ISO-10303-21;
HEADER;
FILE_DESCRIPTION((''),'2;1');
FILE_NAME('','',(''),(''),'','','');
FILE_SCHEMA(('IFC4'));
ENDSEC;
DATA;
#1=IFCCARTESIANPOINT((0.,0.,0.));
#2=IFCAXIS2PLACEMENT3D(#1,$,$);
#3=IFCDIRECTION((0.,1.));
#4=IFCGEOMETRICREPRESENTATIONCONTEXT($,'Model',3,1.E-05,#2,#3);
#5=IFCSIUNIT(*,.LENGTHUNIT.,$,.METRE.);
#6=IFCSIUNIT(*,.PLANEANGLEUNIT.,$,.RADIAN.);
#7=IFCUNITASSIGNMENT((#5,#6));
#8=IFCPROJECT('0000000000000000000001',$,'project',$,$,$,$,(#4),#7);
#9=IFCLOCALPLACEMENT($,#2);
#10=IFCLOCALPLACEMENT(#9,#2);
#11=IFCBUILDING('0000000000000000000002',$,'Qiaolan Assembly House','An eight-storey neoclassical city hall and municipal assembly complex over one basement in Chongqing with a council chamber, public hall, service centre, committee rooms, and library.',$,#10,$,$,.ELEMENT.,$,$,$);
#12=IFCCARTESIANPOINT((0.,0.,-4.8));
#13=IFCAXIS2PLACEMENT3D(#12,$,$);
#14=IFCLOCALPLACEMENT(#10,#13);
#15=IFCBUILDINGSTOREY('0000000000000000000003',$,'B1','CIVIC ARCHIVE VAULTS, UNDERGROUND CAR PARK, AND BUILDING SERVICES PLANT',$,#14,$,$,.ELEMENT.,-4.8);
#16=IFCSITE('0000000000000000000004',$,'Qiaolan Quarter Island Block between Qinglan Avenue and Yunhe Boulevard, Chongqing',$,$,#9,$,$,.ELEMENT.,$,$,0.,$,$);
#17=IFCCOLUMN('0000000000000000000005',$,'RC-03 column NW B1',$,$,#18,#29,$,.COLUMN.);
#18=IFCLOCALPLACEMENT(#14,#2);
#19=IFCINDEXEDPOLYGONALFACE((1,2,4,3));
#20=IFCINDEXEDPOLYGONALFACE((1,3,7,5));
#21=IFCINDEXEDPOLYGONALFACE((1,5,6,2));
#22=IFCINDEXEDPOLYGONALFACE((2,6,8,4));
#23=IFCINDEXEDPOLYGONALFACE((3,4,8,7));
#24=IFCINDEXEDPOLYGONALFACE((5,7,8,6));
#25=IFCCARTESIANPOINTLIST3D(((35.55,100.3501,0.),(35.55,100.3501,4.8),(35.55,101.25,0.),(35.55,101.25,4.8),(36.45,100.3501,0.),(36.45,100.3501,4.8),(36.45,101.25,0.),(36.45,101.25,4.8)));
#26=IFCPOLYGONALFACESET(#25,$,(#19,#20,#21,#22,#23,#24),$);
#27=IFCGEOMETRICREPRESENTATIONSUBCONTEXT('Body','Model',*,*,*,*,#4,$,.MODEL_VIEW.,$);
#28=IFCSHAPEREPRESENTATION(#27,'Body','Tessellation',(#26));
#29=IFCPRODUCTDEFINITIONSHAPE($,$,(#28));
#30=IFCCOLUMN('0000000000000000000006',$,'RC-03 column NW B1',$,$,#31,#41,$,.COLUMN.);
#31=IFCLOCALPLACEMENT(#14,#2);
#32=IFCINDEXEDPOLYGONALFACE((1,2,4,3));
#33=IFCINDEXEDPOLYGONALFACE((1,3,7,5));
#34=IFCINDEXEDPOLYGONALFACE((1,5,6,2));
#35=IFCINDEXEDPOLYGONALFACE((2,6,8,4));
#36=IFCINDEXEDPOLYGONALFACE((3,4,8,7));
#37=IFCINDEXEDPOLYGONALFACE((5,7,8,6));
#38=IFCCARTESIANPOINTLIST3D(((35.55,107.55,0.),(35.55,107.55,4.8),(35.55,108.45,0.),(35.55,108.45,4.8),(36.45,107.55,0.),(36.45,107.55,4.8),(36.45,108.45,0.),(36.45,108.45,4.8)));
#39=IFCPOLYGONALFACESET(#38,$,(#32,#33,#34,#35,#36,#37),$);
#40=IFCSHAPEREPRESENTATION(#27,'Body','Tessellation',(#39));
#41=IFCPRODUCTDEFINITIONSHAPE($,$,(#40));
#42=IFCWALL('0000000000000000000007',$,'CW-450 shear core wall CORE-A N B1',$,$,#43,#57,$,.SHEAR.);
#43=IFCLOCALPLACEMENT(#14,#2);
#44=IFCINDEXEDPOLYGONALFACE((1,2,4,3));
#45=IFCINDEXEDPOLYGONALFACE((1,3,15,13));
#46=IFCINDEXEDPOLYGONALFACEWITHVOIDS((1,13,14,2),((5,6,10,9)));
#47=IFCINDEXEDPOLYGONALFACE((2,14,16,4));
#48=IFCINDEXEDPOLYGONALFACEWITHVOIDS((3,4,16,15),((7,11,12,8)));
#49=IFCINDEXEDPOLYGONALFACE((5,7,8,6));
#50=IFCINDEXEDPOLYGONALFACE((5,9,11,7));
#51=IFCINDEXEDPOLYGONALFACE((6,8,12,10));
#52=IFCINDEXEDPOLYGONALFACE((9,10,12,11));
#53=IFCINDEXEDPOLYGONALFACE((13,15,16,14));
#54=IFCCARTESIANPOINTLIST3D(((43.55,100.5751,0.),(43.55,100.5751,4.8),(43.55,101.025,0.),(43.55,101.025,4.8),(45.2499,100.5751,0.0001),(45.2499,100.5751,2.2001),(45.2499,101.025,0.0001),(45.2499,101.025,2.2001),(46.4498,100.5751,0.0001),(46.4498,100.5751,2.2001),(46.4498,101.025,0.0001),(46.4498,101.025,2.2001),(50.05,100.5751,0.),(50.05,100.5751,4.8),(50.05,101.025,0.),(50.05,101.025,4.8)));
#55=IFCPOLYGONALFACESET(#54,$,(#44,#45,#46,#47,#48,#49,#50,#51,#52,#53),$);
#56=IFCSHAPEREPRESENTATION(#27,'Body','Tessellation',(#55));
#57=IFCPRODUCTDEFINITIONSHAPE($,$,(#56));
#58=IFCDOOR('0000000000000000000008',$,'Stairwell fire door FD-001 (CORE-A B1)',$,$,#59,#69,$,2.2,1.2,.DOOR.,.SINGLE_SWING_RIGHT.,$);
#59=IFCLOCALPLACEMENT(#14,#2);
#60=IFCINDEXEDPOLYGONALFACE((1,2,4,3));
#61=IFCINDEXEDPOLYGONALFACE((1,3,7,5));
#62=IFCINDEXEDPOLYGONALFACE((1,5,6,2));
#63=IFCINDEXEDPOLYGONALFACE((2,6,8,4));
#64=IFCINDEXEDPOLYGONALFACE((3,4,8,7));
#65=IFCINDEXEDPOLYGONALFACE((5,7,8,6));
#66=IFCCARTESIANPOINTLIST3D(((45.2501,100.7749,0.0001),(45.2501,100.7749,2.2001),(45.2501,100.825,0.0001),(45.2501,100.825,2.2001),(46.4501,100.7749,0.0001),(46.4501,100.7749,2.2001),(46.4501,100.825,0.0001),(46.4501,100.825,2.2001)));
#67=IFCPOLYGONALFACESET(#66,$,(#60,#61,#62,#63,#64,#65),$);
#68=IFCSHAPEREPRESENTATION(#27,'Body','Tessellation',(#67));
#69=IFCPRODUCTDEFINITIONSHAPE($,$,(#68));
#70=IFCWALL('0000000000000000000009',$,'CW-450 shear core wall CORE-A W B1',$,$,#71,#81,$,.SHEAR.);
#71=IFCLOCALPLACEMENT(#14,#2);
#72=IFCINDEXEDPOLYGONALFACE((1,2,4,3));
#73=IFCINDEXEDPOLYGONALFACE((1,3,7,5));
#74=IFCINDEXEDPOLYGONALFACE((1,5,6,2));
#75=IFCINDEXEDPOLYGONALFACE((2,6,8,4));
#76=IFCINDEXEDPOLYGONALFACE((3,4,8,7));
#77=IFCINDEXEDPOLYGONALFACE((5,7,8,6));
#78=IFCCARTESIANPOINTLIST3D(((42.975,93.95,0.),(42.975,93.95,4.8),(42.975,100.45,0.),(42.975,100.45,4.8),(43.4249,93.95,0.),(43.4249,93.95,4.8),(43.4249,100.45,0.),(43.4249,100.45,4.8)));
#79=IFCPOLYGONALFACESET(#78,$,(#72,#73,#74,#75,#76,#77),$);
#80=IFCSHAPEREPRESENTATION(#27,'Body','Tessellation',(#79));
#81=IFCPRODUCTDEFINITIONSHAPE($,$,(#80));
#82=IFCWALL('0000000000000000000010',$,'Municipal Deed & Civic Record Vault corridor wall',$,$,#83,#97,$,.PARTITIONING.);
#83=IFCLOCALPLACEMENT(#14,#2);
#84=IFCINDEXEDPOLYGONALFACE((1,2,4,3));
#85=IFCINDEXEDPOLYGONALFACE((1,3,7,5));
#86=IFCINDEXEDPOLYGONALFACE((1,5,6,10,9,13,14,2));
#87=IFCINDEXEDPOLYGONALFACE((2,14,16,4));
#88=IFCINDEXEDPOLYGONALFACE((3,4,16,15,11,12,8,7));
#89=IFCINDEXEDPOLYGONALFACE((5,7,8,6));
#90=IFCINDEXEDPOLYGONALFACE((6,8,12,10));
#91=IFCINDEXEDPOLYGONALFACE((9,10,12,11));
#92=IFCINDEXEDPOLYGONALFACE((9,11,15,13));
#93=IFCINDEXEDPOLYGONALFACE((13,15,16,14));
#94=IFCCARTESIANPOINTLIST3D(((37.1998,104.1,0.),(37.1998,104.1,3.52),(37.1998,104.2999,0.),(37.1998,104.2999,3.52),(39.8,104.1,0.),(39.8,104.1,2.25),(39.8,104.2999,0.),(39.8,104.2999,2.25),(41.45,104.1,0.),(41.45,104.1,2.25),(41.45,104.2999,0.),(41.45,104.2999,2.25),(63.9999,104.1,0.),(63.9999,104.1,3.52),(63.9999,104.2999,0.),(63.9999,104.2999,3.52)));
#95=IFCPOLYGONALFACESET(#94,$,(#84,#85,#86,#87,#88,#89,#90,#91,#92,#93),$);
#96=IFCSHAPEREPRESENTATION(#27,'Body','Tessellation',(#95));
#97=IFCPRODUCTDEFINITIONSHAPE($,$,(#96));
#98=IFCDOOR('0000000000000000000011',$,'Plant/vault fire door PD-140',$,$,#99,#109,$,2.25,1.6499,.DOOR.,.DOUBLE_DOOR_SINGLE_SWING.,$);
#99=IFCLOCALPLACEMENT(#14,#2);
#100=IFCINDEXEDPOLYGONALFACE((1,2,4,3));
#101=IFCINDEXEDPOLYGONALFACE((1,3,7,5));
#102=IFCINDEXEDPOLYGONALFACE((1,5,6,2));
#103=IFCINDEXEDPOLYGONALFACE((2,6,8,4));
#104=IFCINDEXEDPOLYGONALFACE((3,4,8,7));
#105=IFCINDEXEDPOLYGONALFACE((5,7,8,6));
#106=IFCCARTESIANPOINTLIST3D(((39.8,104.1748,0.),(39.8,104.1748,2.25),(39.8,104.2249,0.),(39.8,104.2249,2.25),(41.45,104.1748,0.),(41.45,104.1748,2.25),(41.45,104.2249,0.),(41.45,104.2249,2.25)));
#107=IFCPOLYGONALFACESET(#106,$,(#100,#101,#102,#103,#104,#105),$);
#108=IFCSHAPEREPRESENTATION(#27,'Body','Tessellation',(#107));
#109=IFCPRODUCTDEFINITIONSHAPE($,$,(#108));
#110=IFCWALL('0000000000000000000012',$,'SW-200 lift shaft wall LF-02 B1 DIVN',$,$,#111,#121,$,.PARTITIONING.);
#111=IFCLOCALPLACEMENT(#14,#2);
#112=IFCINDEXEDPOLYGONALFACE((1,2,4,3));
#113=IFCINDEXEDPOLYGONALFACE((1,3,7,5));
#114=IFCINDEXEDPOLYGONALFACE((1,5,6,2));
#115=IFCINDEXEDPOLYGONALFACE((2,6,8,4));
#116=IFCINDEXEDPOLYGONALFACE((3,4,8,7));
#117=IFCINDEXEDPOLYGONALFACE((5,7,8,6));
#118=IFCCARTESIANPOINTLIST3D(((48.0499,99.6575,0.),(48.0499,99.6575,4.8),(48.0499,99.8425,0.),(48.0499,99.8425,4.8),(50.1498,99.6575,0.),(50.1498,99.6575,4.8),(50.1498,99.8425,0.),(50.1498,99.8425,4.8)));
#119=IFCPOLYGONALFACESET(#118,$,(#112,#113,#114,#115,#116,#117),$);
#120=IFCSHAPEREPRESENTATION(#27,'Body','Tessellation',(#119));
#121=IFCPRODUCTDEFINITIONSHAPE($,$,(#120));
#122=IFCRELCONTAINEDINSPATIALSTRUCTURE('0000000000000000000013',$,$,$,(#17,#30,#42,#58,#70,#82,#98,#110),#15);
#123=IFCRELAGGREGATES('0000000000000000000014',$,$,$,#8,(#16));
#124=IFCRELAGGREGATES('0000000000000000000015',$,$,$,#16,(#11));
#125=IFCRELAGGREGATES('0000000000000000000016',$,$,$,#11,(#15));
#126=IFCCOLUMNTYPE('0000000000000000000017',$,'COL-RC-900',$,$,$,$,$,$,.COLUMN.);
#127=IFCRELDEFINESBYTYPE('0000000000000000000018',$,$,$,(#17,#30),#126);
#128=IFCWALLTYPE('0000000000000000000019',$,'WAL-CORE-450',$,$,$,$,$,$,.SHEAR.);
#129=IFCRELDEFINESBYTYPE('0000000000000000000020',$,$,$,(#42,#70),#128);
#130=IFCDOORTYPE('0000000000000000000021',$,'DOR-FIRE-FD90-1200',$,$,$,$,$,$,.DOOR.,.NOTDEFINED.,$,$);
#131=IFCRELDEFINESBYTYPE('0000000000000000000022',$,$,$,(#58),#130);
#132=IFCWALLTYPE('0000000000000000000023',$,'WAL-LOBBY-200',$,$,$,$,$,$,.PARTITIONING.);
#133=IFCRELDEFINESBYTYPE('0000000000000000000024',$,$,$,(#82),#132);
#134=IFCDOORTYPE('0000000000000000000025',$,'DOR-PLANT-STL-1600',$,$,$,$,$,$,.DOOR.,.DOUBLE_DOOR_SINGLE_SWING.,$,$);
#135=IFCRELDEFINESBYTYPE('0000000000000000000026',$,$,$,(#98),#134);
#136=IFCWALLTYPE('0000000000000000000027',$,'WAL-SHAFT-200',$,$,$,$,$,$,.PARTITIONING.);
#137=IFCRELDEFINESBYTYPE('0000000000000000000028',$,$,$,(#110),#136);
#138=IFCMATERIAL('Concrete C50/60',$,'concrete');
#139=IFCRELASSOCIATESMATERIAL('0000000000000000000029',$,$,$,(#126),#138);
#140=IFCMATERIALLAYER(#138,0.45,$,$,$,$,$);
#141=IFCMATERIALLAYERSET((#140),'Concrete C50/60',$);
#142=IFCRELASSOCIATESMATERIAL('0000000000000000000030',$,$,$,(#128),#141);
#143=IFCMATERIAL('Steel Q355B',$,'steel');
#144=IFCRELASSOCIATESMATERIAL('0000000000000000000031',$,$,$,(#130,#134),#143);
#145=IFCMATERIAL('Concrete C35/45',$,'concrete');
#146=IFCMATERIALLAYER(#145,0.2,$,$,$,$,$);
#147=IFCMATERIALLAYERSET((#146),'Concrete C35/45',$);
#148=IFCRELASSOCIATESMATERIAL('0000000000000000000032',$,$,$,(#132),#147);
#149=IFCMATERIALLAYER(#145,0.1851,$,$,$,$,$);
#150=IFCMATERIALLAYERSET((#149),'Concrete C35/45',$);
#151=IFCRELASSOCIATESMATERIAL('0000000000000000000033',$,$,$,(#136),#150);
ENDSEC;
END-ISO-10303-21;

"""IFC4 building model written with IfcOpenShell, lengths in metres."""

from ifc_helpers import new_model, si_unit, direction, frame, frame_2d, origin, origin_2d, place, context, subcontext, project, spatial, rectangle, extrude, material, layer, layer_set, material_profile, profile_set, type_object, element, fill, save


model = new_model("IFC4")

# Units and contexts
model_context = context("Model", 3, precision=1e-05, world=origin(), true_north=direction((0.0, 1.0)))
body_context = subcontext(model_context, "Body", "Model", "MODEL_VIEW")
ifc_project = project(units=[si_unit("LENGTHUNIT", "METRE"), si_unit("PLANEANGLEUNIT", "RADIAN")], contexts=[model_context])

# Site, building, storey
site_placement = place(None, origin())
site = spatial("IfcSite", under=ifc_project, at=site_placement, Name="Qiaolan Quarter Island Block between Qinglan Avenue and Yunhe Boulevard, Chongqing", CompositionType="ELEMENT", RefElevation=0.0)
building_placement = place(site_placement, origin())
building = spatial("IfcBuilding", under=site, at=building_placement, Name="Qiaolan Assembly House", Description="An eight-storey neoclassical city hall and municipal assembly complex over one basement in Chongqing with a council chamber, public hall, service centre, committee rooms, and library.", CompositionType="ELEMENT")
storey_placement = place(building_placement, frame((0.0, 0.0, -4.8)))
storey = spatial("IfcBuildingStorey", under=building, at=storey_placement, Name="B1", Description="CIVIC ARCHIVE VAULTS, UNDERGROUND CAR PARK, AND BUILDING SERVICES PLANT", CompositionType="ELEMENT", Elevation=-4.8)

# Columns
ifc_material_1 = material(Name="Concrete C50/60", Category="concrete")
ifc_material_profile_1 = material_profile(ifc_material_1, rectangle(XDim=0.8999, YDim=0.8999, at=origin_2d()), Name="RC 900x900")
ifc_profile_set_1 = profile_set([ifc_material_profile_1], Name="Concrete C50/60")
column_type_1 = type_object("IfcColumnType", Name="COL-RC-900", PredefinedType="COLUMN", material=ifc_profile_set_1)
for number, where, z_axis, x_axis, name in (
    (1, (36.0, 100.8, 0.0), (0.0, 0.0, 1.0), (1.0, 0.0, 0.0), "RC-03 column NW B1"),
    (2, (36.0, 108.0, 0.0), (0.0, 0.0, 1.0), (1.0, 0.0, 0.0), "RC-03 column NW B1"),
):
    element("IfcColumn", number, at=place(storey_placement, frame(where, z_axis=z_axis, x_axis=x_axis)), inside=storey, type_object=column_type_1, Name=name, PredefinedType="COLUMN", context=body_context, shape_type="SweptSolid", body=[
        extrude(rectangle(XDim=0.8999, YDim=0.8999, at=origin_2d()), origin(), (0.0, 0.0, 1.0), 4.8),
    ])

# Wall, opening, door
ifc_layer_1 = layer(ifc_material_1, 0.45)
ifc_layer_set_1 = layer_set([ifc_layer_1], Name="Concrete C50/60")
wall_type_1 = type_object("IfcWallType", Name="WAL-CORE-450", PredefinedType="SHEAR", material=ifc_layer_set_1)
wall_1_placement = place(storey_placement, frame((50.05, 100.8, 0.0), z_axis=(0.0, 0.0, 1.0), x_axis=(-1.0, 0.0, 0.0)))
wall_1 = element("IfcWall", 3, at=wall_1_placement, inside=storey, type_object=wall_type_1, Name="CW-450 shear core wall CORE-A N B1", PredefinedType="SHEAR", context=body_context, shape_type="SweptSolid", body=[
    extrude(rectangle(XDim=6.5, YDim=0.45, at=frame_2d((3.25, 0.0))), origin(), (0.0, 0.0, 1.0), 4.8),
])
opening_1_placement = place(wall_1_placement, frame((3.6001, 0.0, 0.0)))
opening_1 = element("IfcOpeningElement", 4, at=opening_1_placement, cuts=wall_1, PredefinedType="OPENING", context=body_context, shape_type="SweptSolid", body=[
    extrude(rectangle(XDim=1.2, YDim=2.2, at=frame_2d((0.6001, 1.1001))), frame((0.0, 0.2349, 0.0), z_axis=(0.0, -1.0, 0.0), x_axis=(1.0, 0.0, 0.0)), (0.0, 0.0, 1.0), 0.47),
])
ifc_material_2 = material(Name="Steel Q355B", Category="steel")
door_type_1 = type_object("IfcDoorType", Name="DOR-FIRE-FD90-1200", OperationType="NOTDEFINED", PredefinedType="DOOR", material=ifc_material_2)
door_1_placement = place(opening_1_placement, frame((1.2, 0.0, 0.0), z_axis=(0.0, 0.0, 1.0), x_axis=(-1.0, 0.0, 0.0)))
door_1 = element("IfcDoor", 5, at=door_1_placement, inside=storey, type_object=door_type_1, Name="Stairwell fire door FD-001 (CORE-A B1)", OperationType="SINGLE_SWING_RIGHT", OverallHeight=2.2, OverallWidth=1.2, PredefinedType="DOOR", context=body_context, shape_type="SweptSolid", body=[
    extrude(rectangle(XDim=1.2, YDim=2.2, at=frame_2d((0.6001, 1.1001))), frame((0.0, 0.0249, 0.0), z_axis=(0.0, -1.0, 0.0), x_axis=(1.0, 0.0, 0.0)), (0.0, 0.0, 1.0), 0.05),
])
fill(opening_1, door_1)

# Wall
wall_2_placement = place(storey_placement, frame((43.2, 100.45, 0.0), z_axis=(0.0, 0.0, 1.0), x_axis=(0.0, -1.0, 0.0)))
element("IfcWall", 6, at=wall_2_placement, inside=storey, type_object=wall_type_1, Name="CW-450 shear core wall CORE-A W B1", PredefinedType="SHEAR", context=body_context, shape_type="SweptSolid", body=[
    extrude(rectangle(XDim=6.5, YDim=0.45, at=frame_2d((3.25, 0.0))), origin(), (0.0, 0.0, 1.0), 4.8),
])

# Wall, opening, door
ifc_material_3 = material(Name="Concrete C35/45", Category="concrete")
ifc_layer_2 = layer(ifc_material_3, 0.2)
ifc_layer_set_2 = layer_set([ifc_layer_2], Name="Concrete C35/45")
wall_type_2 = type_object("IfcWallType", Name="WAL-LOBBY-200", PredefinedType="PARTITIONING", material=ifc_layer_set_2)
wall_3_placement = place(storey_placement, frame((37.2, 104.2, 0.0), z_axis=(0.0, 0.0, 1.0), x_axis=(1.0, 0.0, 0.0)))
wall_3 = element("IfcWall", 7, at=wall_3_placement, inside=storey, type_object=wall_type_2, Name="Municipal Deed & Civic Record Vault corridor wall", PredefinedType="PARTITIONING", context=body_context, shape_type="SweptSolid", body=[
    extrude(rectangle(XDim=26.8, YDim=0.2, at=frame_2d((13.3999, 0.0))), origin(), (0.0, 0.0, 1.0), 3.52),
])
opening_2_placement = place(wall_3_placement, frame((2.6001, 0.0, 0.0)))
opening_2 = element("IfcOpeningElement", 8, at=opening_2_placement, cuts=wall_3, PredefinedType="OPENING", context=body_context, shape_type="SweptSolid", body=[
    extrude(rectangle(XDim=1.6499, YDim=2.25, at=frame_2d((0.825, 1.125))), frame((0.0, 0.1099, 0.0), z_axis=(0.0, -1.0, 0.0), x_axis=(1.0, 0.0, 0.0)), (0.0, 0.0, 1.0), 0.22),
])
door_type_2 = type_object("IfcDoorType", Name="DOR-PLANT-STL-1600", OperationType="DOUBLE_DOOR_SINGLE_SWING", PredefinedType="DOOR", material=ifc_material_2)
door_2_placement = place(opening_2_placement, origin())
door_2 = element("IfcDoor", 9, at=door_2_placement, inside=storey, type_object=door_type_2, Name="Plant/vault fire door PD-140", OperationType="DOUBLE_DOOR_SINGLE_SWING", OverallHeight=2.25, OverallWidth=1.6499, PredefinedType="DOOR", context=body_context, shape_type="SweptSolid", body=[
    extrude(rectangle(XDim=1.6499, YDim=2.25, at=frame_2d((0.825, 1.125))), frame((0.0, 0.0249, 0.0), z_axis=(0.0, -1.0, 0.0), x_axis=(1.0, 0.0, 0.0)), (0.0, 0.0, 1.0), 0.05),
])
fill(opening_2, door_2)

# Wall
ifc_layer_3 = layer(ifc_material_3, 0.1851)
ifc_layer_set_3 = layer_set([ifc_layer_3], Name="Concrete C35/45")
wall_type_3 = type_object("IfcWallType", Name="WAL-SHAFT-200", PredefinedType="PARTITIONING", material=ifc_layer_set_3)
wall_4_placement = place(storey_placement, frame((48.05, 99.75, 0.0), z_axis=(0.0, 0.0, 1.0), x_axis=(1.0, 0.0, 0.0)))
element("IfcWall", 10, at=wall_4_placement, inside=storey, type_object=wall_type_3, Name="SW-200 lift shaft wall LF-02 B1 DIVN", PredefinedType="PARTITIONING", context=body_context, shape_type="SweptSolid", body=[
    extrude(rectangle(XDim=2.0999, YDim=0.1851, at=frame_2d((1.0498, 0.0))), origin(), (0.0, 0.0, 1.0), 4.8),
])

save(model, "model.ifc")
